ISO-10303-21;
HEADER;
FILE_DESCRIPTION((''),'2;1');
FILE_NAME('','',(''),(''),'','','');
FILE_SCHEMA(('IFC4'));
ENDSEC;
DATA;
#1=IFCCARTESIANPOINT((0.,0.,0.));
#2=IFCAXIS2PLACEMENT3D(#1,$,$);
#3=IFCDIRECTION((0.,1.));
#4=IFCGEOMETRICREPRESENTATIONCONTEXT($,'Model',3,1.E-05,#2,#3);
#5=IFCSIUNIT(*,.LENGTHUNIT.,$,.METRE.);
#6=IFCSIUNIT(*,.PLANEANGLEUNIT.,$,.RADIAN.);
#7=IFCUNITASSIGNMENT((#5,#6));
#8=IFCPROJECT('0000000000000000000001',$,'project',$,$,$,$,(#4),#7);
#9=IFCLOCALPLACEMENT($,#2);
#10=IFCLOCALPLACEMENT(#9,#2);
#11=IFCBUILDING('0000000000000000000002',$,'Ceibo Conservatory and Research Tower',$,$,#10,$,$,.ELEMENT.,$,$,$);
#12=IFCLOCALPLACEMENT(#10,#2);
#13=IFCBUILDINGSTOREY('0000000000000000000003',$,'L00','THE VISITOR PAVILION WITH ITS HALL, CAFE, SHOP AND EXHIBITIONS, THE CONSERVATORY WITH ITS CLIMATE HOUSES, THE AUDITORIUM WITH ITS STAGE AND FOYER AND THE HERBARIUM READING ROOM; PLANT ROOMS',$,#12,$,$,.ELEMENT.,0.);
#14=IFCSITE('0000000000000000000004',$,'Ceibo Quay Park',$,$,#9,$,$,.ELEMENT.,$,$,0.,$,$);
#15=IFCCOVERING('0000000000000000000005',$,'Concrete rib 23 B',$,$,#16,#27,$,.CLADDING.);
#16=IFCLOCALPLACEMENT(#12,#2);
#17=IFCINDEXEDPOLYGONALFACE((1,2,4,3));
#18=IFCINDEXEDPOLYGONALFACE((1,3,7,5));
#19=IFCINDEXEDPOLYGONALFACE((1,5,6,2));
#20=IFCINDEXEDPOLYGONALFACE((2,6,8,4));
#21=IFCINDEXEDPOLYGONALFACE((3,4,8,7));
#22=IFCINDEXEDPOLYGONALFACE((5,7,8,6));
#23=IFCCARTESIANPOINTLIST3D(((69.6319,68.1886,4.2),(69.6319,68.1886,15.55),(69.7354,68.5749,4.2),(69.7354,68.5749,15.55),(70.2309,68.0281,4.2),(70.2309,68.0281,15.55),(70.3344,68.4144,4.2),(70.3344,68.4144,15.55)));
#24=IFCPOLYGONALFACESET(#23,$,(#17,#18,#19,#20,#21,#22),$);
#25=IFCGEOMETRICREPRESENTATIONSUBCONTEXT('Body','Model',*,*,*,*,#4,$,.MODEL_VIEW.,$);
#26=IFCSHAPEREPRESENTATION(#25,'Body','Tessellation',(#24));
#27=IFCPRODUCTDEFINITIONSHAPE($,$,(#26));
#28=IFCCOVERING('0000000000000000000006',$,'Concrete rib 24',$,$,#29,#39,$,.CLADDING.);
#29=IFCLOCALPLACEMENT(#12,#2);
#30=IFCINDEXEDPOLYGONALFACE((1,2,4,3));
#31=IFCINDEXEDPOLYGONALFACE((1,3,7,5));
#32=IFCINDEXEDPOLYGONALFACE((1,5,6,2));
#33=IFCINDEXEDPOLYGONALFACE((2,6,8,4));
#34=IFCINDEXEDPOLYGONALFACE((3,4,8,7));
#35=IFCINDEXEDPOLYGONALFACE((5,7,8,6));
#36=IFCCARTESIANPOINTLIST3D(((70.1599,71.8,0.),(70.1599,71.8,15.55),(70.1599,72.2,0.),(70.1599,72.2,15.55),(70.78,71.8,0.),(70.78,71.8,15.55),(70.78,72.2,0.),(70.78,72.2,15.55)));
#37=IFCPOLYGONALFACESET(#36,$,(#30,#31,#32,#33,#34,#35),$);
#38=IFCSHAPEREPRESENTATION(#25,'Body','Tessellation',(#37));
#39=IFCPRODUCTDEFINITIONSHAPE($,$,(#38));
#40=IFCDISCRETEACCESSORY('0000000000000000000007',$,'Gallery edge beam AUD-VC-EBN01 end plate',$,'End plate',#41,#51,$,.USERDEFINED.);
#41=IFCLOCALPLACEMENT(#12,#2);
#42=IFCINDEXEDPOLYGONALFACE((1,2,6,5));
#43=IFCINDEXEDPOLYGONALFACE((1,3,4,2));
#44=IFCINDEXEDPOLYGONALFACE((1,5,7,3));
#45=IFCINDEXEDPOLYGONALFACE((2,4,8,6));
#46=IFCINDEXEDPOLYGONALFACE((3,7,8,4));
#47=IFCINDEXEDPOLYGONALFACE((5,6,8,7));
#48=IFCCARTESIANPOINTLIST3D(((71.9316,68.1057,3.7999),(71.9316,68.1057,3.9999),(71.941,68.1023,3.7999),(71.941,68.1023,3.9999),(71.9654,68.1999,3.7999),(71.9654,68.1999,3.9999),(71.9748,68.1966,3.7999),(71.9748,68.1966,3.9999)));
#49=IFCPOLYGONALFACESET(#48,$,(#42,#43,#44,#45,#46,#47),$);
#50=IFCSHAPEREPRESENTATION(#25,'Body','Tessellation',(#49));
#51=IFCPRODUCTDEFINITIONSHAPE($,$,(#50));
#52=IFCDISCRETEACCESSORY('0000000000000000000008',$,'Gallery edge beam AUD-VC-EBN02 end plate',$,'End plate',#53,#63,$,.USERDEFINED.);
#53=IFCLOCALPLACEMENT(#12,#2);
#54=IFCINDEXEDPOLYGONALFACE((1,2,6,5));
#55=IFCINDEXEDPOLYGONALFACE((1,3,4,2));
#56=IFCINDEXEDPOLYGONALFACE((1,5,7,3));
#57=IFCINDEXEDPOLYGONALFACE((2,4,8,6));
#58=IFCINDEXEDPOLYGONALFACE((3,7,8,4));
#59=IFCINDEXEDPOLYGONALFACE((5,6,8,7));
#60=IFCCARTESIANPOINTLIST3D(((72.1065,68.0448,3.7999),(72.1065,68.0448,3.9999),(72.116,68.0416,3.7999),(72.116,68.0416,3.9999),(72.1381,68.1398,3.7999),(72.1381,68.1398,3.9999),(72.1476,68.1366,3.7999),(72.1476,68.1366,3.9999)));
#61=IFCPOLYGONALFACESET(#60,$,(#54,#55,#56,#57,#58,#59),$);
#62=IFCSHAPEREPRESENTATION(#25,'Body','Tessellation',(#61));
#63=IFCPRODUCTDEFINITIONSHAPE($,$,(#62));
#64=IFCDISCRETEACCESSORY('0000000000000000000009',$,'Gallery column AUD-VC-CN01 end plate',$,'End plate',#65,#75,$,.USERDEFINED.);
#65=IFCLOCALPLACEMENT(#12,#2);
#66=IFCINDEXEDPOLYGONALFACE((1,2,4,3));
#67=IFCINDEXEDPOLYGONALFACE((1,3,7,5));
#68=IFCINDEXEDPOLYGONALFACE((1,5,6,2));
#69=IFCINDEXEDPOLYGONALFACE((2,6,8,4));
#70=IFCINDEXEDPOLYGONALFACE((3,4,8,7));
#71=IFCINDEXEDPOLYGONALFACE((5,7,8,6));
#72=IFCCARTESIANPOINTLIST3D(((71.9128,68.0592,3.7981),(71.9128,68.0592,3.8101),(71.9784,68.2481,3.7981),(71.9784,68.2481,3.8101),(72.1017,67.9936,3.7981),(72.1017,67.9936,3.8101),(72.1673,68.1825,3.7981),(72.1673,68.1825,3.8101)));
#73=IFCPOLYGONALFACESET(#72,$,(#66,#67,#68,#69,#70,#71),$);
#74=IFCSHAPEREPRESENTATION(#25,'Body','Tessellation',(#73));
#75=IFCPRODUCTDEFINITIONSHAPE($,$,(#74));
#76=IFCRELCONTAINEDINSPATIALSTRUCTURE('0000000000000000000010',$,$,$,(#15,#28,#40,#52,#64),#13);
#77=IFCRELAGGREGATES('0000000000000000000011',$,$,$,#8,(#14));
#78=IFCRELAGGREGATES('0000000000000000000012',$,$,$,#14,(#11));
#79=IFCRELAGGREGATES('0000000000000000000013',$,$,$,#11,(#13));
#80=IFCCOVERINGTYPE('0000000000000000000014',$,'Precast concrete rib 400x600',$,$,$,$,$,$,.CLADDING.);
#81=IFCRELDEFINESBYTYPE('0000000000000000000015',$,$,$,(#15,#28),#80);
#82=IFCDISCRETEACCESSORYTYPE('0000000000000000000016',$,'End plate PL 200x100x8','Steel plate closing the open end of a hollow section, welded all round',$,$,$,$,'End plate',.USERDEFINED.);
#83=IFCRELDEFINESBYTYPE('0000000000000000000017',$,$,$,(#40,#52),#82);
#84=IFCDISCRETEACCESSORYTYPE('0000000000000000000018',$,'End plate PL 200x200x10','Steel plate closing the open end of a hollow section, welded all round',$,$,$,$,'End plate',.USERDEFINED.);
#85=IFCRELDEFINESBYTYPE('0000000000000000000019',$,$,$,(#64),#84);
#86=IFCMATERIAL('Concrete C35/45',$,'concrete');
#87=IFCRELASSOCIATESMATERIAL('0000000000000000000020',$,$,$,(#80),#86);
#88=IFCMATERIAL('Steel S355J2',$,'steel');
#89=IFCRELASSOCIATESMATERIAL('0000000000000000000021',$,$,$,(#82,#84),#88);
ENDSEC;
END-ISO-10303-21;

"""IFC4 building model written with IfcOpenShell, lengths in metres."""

from ifc_helpers import new_model, si_unit, direction, frame, origin, origin_2d, place, context, subcontext, project, spatial, rectangle, extrude, material, material_profile, profile_set, type_object, element, save


model = new_model("IFC4")

# Units and contexts
model_context = context("Model", 3, precision=1e-05, world=origin(), true_north=direction((0.0, 1.0)))
body_context = subcontext(model_context, "Body", "Model", "MODEL_VIEW")
ifc_project = project(units=[si_unit("LENGTHUNIT", "METRE"), si_unit("PLANEANGLEUNIT", "RADIAN")], contexts=[model_context])

# Site, building, storey
site_placement = place(None, origin())
site = spatial("IfcSite", under=ifc_project, at=site_placement, Name="Ceibo Quay Park", CompositionType="ELEMENT", RefElevation=0.0)
building_placement = place(site_placement, origin())
building = spatial("IfcBuilding", under=site, at=building_placement, Name="Ceibo Conservatory and Research Tower", CompositionType="ELEMENT")
storey_placement = place(building_placement, origin())
storey = spatial("IfcBuildingStorey", under=building, at=storey_placement, Name="L00", Description="THE VISITOR PAVILION WITH ITS HALL, CAFE, SHOP AND EXHIBITIONS, THE CONSERVATORY WITH ITS CLIMATE HOUSES, THE AUDITORIUM WITH ITS STAGE AND FOYER AND THE HERBARIUM READING ROOM; PLANT ROOMS", CompositionType="ELEMENT", Elevation=0.0)

# Shared definitions
ifc_material_1 = material(Name="Steel S355J2", Category="steel")

# Coverings
ifc_material_2 = material(Name="Concrete C35/45", Category="concrete")
covering_type = type_object("IfcCoveringType", Name="Precast concrete rib 400x600", PredefinedType="CLADDING", material=ifc_material_2)
covering_1_placement = place(storey_placement, frame((69.9832, 68.3015, 4.2), z_axis=(0.0, 0.0, 1.0), x_axis=(0.965926, -0.258819, 0.0)))
element("IfcCovering", 1, at=covering_1_placement, inside=storey, type_object=covering_type, Name="Concrete rib 23 B", PredefinedType="CLADDING", context=body_context, shape_type="SweptSolid", body=[
    extrude(rectangle(XDim=0.6201, YDim=0.3999, at=origin_2d()), origin(), (0.0, 0.0, 1.0), 11.3501),
])
covering_2_placement = place(storey_placement, frame((70.47, 72.0, 0.0), z_axis=(0.0, 0.0, 1.0), x_axis=(1.0, 0.0, 0.0)))
element("IfcCovering", 2, at=covering_2_placement, inside=storey, type_object=covering_type, Name="Concrete rib 24", PredefinedType="CLADDING", context=body_context, shape_type="SweptSolid", body=[
    extrude(rectangle(XDim=0.6201, YDim=0.3999, at=origin_2d()), origin(), (0.0, 0.0, 1.0), 15.55),
])

# Discrete accessories
ifc_material_profile_1 = material_profile(ifc_material_1, rectangle(XDim=0.1001, YDim=0.2, at=origin_2d()), Name="End plate PL 200x100x8")
ifc_profile_set_1 = profile_set([ifc_material_profile_1], Name="Steel S355J2")
discrete_accessory_type_1 = type_object("IfcDiscreteAccessoryType", Name="End plate PL 200x100x8", Description="Steel plate closing the open end of a hollow section, welded all round", ElementType="End plate", PredefinedType="USERDEFINED", material=ifc_profile_set_1)
for number, where, z_axis, x_axis, name in (
    (3, (71.9485, 68.1528, 3.8999), (0.941195, -0.337865, 0.0), (0.337865, 0.941195, 0.0), "Gallery edge beam AUD-VC-EBN01 end plate"),
    (4, (72.1223, 68.0923, 3.8999), (0.948683, -0.316228, 0.0), (0.316228, 0.948683, 0.0), "Gallery edge beam AUD-VC-EBN02 end plate"),
):
    element("IfcDiscreteAccessory", number, at=place(storey_placement, frame(where, z_axis=z_axis, x_axis=x_axis)), inside=storey, type_object=discrete_accessory_type_1, Name=name, ObjectType="End plate", PredefinedType="USERDEFINED", context=body_context, shape_type="SweptSolid", body=[
        extrude(rectangle(XDim=0.1001, YDim=0.2, at=origin_2d()), origin(), (0.0, 0.0, 1.0), 0.01),
    ])
ifc_material_profile_2 = material_profile(ifc_material_1, rectangle(XDim=0.2, YDim=0.2, at=origin_2d()), Name="End plate PL 200x200x10")
ifc_profile_set_2 = profile_set([ifc_material_profile_2], Name="Steel S355J2")
discrete_accessory_type_2 = type_object("IfcDiscreteAccessoryType", Name="End plate PL 200x200x10", Description="Steel plate closing the open end of a hollow section, welded all round", ElementType="End plate", PredefinedType="USERDEFINED", material=ifc_profile_set_2)
discrete_accessory_placement = place(storey_placement, frame((72.04, 68.1208, 3.7981), z_axis=(0.0, 0.0, 1.0), x_axis=(0.944579, -0.328284, 0.0)))
element("IfcDiscreteAccessory", 5, at=discrete_accessory_placement, inside=storey, type_object=discrete_accessory_type_2, Name="Gallery column AUD-VC-CN01 end plate", ObjectType="End plate", PredefinedType="USERDEFINED", context=body_context, shape_type="SweptSolid", body=[
    extrude(rectangle(XDim=0.2, YDim=0.2, at=origin_2d()), origin(), (0.0, 0.0, 1.0), 0.012),
])

save(model, "model.ifc")
